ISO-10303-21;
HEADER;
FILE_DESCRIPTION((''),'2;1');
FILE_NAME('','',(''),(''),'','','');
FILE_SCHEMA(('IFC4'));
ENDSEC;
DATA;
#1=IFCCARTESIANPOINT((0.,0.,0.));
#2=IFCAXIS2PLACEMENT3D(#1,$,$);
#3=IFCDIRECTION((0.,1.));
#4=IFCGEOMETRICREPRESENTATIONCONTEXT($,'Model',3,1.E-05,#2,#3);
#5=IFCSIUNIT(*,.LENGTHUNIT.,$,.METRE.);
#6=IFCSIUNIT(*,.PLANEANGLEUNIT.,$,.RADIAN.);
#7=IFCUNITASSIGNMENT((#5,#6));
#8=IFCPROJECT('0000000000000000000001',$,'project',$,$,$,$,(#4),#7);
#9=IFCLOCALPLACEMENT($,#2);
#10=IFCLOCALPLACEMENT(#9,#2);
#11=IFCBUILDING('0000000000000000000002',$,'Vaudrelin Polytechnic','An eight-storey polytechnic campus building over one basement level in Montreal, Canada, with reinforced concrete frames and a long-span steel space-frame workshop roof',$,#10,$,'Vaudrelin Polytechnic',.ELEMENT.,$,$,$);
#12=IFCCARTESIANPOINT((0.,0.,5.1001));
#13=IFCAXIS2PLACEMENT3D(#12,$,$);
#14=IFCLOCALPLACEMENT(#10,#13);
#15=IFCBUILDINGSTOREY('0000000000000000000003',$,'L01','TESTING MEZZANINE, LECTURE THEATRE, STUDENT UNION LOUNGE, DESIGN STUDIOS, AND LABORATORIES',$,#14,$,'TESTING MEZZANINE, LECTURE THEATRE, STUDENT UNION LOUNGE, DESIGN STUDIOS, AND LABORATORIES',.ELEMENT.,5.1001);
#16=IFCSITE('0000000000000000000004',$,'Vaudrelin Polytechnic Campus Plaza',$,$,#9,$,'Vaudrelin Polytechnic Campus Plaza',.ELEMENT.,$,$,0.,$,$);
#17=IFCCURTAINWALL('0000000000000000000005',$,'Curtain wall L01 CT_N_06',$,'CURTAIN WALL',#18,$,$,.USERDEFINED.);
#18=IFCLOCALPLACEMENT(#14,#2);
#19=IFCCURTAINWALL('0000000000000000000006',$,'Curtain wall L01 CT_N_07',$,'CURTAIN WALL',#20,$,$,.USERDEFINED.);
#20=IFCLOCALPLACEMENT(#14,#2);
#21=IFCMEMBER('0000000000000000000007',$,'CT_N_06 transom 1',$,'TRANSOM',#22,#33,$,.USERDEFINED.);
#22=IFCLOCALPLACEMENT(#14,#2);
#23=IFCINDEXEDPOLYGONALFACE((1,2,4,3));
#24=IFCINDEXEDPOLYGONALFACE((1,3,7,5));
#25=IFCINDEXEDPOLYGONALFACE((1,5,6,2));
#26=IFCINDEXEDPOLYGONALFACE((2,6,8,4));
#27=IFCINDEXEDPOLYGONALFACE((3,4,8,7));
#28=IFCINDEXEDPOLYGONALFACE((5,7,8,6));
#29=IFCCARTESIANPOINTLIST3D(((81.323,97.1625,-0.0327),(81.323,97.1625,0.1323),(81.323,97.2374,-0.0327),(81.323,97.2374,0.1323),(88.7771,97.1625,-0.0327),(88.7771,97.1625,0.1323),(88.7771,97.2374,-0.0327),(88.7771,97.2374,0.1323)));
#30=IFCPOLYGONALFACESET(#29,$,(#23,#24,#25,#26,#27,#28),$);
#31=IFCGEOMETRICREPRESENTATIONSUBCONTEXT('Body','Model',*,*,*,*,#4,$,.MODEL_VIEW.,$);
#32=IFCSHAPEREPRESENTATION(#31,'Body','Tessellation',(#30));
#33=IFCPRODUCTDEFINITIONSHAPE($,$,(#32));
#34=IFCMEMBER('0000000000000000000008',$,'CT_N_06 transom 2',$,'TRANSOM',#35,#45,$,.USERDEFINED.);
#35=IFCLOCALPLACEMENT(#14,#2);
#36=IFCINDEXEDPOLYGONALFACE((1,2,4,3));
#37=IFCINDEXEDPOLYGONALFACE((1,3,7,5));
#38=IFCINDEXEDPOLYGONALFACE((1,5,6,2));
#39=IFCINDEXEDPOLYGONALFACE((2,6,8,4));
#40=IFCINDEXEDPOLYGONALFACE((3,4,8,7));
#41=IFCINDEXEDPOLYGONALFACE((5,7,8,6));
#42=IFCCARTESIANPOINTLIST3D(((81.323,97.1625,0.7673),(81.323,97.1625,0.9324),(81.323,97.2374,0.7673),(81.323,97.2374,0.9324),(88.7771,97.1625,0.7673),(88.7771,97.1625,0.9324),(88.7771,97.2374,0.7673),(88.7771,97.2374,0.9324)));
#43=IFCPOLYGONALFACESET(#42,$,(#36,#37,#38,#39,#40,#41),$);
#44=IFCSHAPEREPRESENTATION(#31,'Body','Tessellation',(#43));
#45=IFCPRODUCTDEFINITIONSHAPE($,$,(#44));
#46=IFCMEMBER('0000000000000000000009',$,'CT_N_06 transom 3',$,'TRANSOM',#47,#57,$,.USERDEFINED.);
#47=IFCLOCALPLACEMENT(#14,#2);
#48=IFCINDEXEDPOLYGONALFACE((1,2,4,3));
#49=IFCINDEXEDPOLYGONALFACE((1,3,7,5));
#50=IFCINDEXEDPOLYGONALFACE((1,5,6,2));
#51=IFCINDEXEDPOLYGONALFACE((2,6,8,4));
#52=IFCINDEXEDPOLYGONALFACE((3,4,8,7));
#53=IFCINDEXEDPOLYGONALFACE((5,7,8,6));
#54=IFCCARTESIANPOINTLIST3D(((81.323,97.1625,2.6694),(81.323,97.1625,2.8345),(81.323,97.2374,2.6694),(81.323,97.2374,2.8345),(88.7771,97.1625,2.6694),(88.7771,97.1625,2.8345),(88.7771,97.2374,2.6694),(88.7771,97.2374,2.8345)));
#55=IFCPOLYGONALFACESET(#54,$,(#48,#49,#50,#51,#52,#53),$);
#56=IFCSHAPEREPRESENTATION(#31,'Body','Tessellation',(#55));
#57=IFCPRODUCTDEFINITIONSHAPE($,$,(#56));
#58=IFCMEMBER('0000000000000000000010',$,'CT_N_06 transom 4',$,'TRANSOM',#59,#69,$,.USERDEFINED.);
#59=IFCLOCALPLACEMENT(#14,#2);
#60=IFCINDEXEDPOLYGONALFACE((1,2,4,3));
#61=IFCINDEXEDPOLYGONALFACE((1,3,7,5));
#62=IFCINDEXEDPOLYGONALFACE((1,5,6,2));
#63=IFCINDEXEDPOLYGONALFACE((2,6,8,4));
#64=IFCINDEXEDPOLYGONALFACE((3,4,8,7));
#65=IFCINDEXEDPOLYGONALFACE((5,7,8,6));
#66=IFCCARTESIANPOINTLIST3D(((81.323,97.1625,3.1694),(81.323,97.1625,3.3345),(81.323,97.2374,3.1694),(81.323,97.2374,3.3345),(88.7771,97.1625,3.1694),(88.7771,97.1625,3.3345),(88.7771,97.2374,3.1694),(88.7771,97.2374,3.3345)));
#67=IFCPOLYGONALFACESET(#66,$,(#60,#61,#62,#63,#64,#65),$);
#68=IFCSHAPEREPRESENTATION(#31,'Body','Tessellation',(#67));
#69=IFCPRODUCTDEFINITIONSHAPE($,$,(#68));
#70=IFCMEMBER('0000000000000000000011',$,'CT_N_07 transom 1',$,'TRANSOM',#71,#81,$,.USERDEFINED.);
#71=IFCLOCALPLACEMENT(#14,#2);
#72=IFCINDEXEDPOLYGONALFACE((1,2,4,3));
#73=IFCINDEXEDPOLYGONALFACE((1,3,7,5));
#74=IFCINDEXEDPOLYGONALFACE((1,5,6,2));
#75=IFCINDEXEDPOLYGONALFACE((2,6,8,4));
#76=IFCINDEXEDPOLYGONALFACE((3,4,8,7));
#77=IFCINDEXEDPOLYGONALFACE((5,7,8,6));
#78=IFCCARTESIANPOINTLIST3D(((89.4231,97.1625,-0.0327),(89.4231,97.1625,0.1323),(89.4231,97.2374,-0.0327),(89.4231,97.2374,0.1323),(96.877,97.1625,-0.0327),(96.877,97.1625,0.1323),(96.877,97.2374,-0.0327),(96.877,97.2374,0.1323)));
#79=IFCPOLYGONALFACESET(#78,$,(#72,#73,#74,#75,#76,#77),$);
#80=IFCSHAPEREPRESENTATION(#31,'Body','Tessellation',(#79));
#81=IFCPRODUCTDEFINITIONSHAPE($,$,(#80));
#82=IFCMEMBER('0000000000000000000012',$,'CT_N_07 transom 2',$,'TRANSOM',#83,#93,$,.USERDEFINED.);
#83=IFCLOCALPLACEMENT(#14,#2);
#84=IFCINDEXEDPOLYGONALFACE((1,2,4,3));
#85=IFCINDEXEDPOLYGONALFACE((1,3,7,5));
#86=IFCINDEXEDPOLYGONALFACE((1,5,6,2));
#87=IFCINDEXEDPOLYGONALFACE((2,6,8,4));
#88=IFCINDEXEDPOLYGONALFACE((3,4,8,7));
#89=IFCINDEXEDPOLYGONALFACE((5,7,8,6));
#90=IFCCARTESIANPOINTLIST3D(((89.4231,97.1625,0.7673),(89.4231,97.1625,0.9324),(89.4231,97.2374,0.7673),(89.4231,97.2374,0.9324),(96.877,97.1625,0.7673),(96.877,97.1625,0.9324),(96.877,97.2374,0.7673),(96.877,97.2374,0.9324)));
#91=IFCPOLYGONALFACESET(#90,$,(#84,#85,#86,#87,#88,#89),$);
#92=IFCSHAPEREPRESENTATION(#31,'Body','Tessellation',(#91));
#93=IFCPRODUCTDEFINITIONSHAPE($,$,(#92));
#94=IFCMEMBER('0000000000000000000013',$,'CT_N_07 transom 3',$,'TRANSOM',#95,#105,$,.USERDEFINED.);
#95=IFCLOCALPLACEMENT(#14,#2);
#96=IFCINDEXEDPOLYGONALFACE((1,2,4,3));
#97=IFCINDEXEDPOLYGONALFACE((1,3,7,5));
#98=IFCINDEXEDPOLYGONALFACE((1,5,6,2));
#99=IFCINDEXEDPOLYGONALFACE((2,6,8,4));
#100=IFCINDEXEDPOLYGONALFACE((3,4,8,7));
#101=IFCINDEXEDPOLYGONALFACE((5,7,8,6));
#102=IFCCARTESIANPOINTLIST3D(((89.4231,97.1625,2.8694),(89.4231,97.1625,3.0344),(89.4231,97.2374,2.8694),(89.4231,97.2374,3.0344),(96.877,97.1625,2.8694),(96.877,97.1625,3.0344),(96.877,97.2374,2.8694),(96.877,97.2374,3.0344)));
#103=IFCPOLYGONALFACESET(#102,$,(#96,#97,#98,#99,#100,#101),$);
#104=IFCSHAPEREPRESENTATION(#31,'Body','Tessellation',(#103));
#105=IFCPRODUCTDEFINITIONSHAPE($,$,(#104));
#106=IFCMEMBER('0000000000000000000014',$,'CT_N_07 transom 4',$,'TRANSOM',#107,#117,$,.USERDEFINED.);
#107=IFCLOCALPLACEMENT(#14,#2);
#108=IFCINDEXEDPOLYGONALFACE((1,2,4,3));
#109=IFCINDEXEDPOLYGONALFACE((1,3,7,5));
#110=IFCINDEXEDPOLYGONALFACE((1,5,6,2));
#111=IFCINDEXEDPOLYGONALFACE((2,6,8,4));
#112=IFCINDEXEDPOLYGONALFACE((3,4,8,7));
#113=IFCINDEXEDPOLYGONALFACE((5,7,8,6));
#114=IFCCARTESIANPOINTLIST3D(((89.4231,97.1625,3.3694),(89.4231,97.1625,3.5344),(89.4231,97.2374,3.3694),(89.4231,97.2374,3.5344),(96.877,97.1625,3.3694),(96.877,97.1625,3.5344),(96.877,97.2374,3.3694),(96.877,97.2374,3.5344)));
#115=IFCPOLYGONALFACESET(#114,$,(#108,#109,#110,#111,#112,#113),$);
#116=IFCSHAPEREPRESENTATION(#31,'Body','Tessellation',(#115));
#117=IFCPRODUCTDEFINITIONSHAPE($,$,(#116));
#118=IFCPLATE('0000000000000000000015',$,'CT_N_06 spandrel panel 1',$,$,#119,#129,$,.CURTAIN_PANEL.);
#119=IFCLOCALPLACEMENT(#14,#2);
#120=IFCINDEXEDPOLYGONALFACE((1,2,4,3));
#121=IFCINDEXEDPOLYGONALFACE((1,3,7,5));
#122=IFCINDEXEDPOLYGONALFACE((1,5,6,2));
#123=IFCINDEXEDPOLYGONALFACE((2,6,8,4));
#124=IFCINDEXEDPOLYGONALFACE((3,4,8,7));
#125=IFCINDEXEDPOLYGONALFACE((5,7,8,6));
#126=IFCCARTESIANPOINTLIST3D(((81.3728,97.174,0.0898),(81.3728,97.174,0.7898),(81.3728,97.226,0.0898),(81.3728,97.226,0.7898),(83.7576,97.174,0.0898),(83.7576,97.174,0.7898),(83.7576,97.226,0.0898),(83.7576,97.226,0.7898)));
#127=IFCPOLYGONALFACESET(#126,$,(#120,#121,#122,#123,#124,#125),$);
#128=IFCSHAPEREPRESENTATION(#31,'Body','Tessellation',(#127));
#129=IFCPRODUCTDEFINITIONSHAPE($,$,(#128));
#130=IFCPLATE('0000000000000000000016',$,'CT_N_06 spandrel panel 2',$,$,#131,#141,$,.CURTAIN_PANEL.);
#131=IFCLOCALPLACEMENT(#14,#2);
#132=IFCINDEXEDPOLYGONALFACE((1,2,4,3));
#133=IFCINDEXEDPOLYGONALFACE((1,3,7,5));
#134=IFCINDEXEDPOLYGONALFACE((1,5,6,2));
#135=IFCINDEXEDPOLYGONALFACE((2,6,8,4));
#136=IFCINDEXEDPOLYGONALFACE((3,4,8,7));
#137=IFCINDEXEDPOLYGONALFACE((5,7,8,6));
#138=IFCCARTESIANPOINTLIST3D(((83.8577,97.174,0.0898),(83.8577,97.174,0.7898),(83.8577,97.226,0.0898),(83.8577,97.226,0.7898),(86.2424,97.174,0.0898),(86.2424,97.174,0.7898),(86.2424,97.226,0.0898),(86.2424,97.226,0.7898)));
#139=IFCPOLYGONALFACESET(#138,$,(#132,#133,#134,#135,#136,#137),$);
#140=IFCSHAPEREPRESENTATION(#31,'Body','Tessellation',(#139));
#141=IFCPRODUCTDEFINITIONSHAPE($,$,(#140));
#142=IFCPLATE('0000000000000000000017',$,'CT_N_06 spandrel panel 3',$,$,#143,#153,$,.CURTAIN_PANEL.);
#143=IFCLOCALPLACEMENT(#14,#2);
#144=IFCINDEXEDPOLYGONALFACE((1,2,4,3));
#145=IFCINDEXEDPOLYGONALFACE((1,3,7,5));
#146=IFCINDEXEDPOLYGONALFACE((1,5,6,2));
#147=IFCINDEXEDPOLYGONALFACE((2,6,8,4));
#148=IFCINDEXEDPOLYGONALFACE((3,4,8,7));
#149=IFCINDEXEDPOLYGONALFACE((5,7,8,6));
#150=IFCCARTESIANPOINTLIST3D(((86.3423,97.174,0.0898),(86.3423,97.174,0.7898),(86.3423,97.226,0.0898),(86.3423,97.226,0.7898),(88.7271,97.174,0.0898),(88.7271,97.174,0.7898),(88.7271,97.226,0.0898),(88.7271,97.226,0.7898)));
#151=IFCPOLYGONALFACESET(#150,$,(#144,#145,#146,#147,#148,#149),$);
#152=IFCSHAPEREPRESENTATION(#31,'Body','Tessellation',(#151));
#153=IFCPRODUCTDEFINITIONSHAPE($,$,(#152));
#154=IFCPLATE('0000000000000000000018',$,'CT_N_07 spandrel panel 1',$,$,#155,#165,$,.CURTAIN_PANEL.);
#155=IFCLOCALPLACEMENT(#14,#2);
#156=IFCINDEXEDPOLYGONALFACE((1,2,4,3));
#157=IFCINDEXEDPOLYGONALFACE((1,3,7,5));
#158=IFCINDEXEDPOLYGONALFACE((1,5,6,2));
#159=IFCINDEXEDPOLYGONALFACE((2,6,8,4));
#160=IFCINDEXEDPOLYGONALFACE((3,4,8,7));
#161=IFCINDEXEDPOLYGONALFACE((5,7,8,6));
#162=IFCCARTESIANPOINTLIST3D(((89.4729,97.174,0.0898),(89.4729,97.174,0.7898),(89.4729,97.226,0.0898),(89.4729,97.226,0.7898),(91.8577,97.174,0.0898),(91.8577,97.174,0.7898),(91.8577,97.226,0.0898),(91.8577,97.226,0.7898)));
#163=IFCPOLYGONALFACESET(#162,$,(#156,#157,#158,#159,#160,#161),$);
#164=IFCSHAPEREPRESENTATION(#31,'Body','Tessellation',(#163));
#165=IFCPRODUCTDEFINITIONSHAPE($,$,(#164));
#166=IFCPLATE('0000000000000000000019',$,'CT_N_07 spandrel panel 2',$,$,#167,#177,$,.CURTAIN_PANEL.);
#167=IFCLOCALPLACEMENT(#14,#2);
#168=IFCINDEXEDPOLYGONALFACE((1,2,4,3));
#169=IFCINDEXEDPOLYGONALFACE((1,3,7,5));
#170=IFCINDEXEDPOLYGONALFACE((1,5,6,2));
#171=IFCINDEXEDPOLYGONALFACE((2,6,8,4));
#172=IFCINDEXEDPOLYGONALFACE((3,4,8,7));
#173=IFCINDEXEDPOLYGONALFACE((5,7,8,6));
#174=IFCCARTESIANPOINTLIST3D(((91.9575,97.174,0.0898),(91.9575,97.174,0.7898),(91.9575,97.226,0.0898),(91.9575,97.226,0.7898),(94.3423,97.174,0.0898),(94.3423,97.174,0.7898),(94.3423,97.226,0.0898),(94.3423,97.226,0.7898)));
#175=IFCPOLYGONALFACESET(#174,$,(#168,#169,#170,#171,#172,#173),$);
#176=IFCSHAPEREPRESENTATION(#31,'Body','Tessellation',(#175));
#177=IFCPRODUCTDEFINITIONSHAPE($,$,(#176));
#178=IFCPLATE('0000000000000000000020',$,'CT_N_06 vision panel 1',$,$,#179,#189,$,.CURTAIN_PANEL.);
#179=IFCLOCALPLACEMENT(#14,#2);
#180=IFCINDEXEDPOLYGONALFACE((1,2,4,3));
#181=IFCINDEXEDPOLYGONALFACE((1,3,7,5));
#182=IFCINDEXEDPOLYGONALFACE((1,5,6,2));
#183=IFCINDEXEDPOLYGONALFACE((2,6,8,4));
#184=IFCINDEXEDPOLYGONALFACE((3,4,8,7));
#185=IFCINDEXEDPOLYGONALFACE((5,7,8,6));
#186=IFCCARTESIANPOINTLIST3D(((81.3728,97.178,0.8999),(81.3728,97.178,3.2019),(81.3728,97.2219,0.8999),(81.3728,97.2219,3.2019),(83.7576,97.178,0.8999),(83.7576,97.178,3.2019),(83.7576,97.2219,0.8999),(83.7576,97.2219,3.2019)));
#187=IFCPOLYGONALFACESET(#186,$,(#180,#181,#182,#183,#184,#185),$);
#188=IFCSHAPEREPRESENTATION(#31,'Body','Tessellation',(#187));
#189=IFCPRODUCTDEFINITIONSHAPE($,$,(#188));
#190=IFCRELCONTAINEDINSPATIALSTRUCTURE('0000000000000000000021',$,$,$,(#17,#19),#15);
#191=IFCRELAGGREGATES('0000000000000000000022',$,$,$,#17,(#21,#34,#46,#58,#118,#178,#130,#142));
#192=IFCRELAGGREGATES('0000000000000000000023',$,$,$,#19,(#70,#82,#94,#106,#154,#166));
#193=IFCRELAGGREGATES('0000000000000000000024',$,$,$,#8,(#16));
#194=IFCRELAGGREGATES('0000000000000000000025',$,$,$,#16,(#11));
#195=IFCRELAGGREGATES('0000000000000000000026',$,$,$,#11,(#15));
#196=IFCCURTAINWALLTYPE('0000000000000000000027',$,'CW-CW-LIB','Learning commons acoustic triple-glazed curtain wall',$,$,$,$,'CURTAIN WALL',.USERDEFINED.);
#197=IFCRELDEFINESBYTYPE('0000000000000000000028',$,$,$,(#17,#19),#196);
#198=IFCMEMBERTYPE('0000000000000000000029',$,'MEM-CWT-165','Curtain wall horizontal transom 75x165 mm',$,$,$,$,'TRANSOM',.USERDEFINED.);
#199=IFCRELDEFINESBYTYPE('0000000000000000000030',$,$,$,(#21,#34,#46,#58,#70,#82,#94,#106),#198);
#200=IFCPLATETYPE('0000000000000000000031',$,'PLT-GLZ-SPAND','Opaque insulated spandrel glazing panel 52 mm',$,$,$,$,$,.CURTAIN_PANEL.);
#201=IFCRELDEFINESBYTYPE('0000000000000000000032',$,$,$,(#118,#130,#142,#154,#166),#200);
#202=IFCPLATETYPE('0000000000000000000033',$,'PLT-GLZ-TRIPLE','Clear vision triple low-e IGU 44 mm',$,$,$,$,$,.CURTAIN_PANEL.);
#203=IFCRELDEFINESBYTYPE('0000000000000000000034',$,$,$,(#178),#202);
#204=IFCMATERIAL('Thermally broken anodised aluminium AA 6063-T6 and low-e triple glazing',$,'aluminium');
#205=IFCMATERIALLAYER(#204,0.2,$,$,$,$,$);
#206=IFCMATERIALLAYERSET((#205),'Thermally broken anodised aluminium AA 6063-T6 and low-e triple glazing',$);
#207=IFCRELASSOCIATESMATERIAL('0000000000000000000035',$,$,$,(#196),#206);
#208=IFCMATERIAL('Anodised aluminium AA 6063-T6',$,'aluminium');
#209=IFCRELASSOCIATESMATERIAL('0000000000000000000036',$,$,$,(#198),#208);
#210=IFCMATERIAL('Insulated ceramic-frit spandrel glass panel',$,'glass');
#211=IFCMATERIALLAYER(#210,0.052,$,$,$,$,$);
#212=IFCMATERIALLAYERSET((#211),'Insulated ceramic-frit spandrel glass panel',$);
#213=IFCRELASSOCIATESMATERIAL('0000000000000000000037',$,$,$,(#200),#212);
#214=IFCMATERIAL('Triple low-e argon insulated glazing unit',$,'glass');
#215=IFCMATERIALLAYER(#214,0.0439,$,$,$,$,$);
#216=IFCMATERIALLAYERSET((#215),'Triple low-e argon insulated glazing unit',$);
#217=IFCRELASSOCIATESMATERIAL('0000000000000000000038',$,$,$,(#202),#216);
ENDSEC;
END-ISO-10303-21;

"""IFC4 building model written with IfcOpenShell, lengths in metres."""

from ifc_helpers import new_model, si_unit, direction, frame, origin, origin_2d, place, context, subcontext, project, spatial, rectangle, extrude, material, layer, layer_set, material_profile, profile_set, type_object, element, aggregate, save


model = new_model("IFC4")

# Units and contexts
model_context = context("Model", 3, precision=1e-05, world=origin(), true_north=direction((0.0, 1.0)))
body_context = subcontext(model_context, "Body", "Model", "MODEL_VIEW")
ifc_project = project(units=[si_unit("LENGTHUNIT", "METRE"), si_unit("PLANEANGLEUNIT", "RADIAN")], contexts=[model_context])

# Site, building, storey
site_placement = place(None, origin())
site = spatial("IfcSite", under=ifc_project, at=site_placement, Name="Vaudrelin Polytechnic Campus Plaza", LongName="Vaudrelin Polytechnic Campus Plaza", CompositionType="ELEMENT", RefElevation=0.0)
building_placement = place(site_placement, origin())
building = spatial("IfcBuilding", under=site, at=building_placement, Name="Vaudrelin Polytechnic", Description="An eight-storey polytechnic campus building over one basement level in Montreal, Canada, with reinforced concrete frames and a long-span steel space-frame workshop roof", LongName="Vaudrelin Polytechnic", CompositionType="ELEMENT")
storey_placement = place(building_placement, frame((0.0, 0.0, 5.1001)))
storey = spatial("IfcBuildingStorey", under=building, at=storey_placement, Name="L01", Description="TESTING MEZZANINE, LECTURE THEATRE, STUDENT UNION LOUNGE, DESIGN STUDIOS, AND LABORATORIES", LongName="TESTING MEZZANINE, LECTURE THEATRE, STUDENT UNION LOUNGE, DESIGN STUDIOS, AND LABORATORIES", CompositionType="ELEMENT", Elevation=5.1001)

# Curtain walls
ifc_material_1 = material(Name="Thermally broken anodised aluminium AA 6063-T6 and low-e triple glazing", Category="aluminium")
ifc_layer_1 = layer(ifc_material_1, 0.2)
ifc_layer_set_1 = layer_set([ifc_layer_1], Name="Thermally broken anodised aluminium AA 6063-T6 and low-e triple glazing")
curtain_wall_type = type_object("IfcCurtainWallType", Name="CW-CW-LIB", Description="Learning commons acoustic triple-glazed curtain wall", ElementType="CURTAIN WALL", PredefinedType="USERDEFINED", material=ifc_layer_set_1)
curtain_wall_1_placement = place(storey_placement, origin())
curtain_wall_1 = element("IfcCurtainWall", 1, at=curtain_wall_1_placement, inside=storey, type_object=curtain_wall_type, Name="Curtain wall L01 CT_N_06", ObjectType="CURTAIN WALL", PredefinedType="USERDEFINED")
ifc_material_2 = material(Name="Anodised aluminium AA 6063-T6", Category="aluminium")
curtain_wall_2_placement = place(storey_placement, origin())
curtain_wall_2 = element("IfcCurtainWall", 2, at=curtain_wall_2_placement, inside=storey, type_object=curtain_wall_type, Name="Curtain wall L01 CT_N_07", ObjectType="CURTAIN WALL", PredefinedType="USERDEFINED")

# Members
ifc_material_profile_1 = material_profile(ifc_material_2, rectangle(XDim=0.075, YDim=0.165, at=origin_2d()), Name="CWT-75x165")
ifc_profile_set_1 = profile_set([ifc_material_profile_1], Name="Anodised aluminium AA 6063-T6")
member_type_1 = type_object("IfcMemberType", Name="MEM-CWT-165", Description="Curtain wall horizontal transom 75x165 mm", ElementType="TRANSOM", PredefinedType="USERDEFINED", material=ifc_profile_set_1)
member_1_placement = place(storey_placement, frame((81.323, 97.2, 0.0498), z_axis=(1.0, 0.0, 0.0), x_axis=(0.0, 1.0, 0.0)))
member_1 = element("IfcMember", 3, at=member_1_placement, type_object=member_type_1, Name="CT_N_06 transom 1", ObjectType="TRANSOM", PredefinedType="USERDEFINED", context=body_context, shape_type="SweptSolid", body=[
    extrude(rectangle(XDim=0.075, YDim=0.165, at=origin_2d()), origin(), (0.0, 0.0, 1.0), 7.4541),
])
member_2_placement = place(storey_placement, frame((81.323, 97.2, 0.8499), z_axis=(1.0, 0.0, 0.0), x_axis=(0.0, 1.0, 0.0)))
member_2 = element("IfcMember", 4, at=member_2_placement, type_object=member_type_1, Name="CT_N_06 transom 2", ObjectType="TRANSOM", PredefinedType="USERDEFINED", context=body_context, shape_type="SweptSolid", body=[
    extrude(rectangle(XDim=0.075, YDim=0.165, at=origin_2d()), origin(), (0.0, 0.0, 1.0), 7.4541),
])
member_3_placement = place(storey_placement, frame((81.323, 97.2, 2.752), z_axis=(1.0, 0.0, 0.0), x_axis=(0.0, 1.0, 0.0)))
member_3 = element("IfcMember", 5, at=member_3_placement, type_object=member_type_1, Name="CT_N_06 transom 3", ObjectType="TRANSOM", PredefinedType="USERDEFINED", context=body_context, shape_type="SweptSolid", body=[
    extrude(rectangle(XDim=0.075, YDim=0.165, at=origin_2d()), origin(), (0.0, 0.0, 1.0), 7.4541),
])
member_4_placement = place(storey_placement, frame((81.323, 97.2, 3.252), z_axis=(1.0, 0.0, 0.0), x_axis=(0.0, 1.0, 0.0)))
member_4 = element("IfcMember", 6, at=member_4_placement, type_object=member_type_1, Name="CT_N_06 transom 4", ObjectType="TRANSOM", PredefinedType="USERDEFINED", context=body_context, shape_type="SweptSolid", body=[
    extrude(rectangle(XDim=0.075, YDim=0.165, at=origin_2d()), origin(), (0.0, 0.0, 1.0), 7.4541),
])
member_5_placement = place(storey_placement, frame((89.4231, 97.2, 0.0498), z_axis=(1.0, 0.0, 0.0), x_axis=(0.0, 1.0, 0.0)))
member_5 = element("IfcMember", 7, at=member_5_placement, type_object=member_type_1, Name="CT_N_07 transom 1", ObjectType="TRANSOM", PredefinedType="USERDEFINED", context=body_context, shape_type="SweptSolid", body=[
    extrude(rectangle(XDim=0.075, YDim=0.165, at=origin_2d()), origin(), (0.0, 0.0, 1.0), 7.4539),
])
member_6_placement = place(storey_placement, frame((89.4231, 97.2, 0.8499), z_axis=(1.0, 0.0, 0.0), x_axis=(0.0, 1.0, 0.0)))
member_6 = element("IfcMember", 8, at=member_6_placement, type_object=member_type_1, Name="CT_N_07 transom 2", ObjectType="TRANSOM", PredefinedType="USERDEFINED", context=body_context, shape_type="SweptSolid", body=[
    extrude(rectangle(XDim=0.075, YDim=0.165, at=origin_2d()), origin(), (0.0, 0.0, 1.0), 7.4539),
])
member_7_placement = place(storey_placement, frame((89.4231, 97.2, 2.9519), z_axis=(1.0, 0.0, 0.0), x_axis=(0.0, 1.0, 0.0)))
member_7 = element("IfcMember", 9, at=member_7_placement, type_object=member_type_1, Name="CT_N_07 transom 3", ObjectType="TRANSOM", PredefinedType="USERDEFINED", context=body_context, shape_type="SweptSolid", body=[
    extrude(rectangle(XDim=0.075, YDim=0.165, at=origin_2d()), origin(), (0.0, 0.0, 1.0), 7.4539),
])
member_8_placement = place(storey_placement, frame((89.4231, 97.2, 3.4519), z_axis=(1.0, 0.0, 0.0), x_axis=(0.0, 1.0, 0.0)))
member_8 = element("IfcMember", 10, at=member_8_placement, type_object=member_type_1, Name="CT_N_07 transom 4", ObjectType="TRANSOM", PredefinedType="USERDEFINED", context=body_context, shape_type="SweptSolid", body=[
    extrude(rectangle(XDim=0.075, YDim=0.165, at=origin_2d()), origin(), (0.0, 0.0, 1.0), 7.4539),
])

# Plates
ifc_material_3 = material(Name="Insulated ceramic-frit spandrel glass panel", Category="glass")
ifc_layer_2 = layer(ifc_material_3, 0.052)
ifc_layer_set_2 = layer_set([ifc_layer_2], Name="Insulated ceramic-frit spandrel glass panel")
plate_type_1 = type_object("IfcPlateType", Name="PLT-GLZ-SPAND", Description="Opaque insulated spandrel glazing panel 52 mm", PredefinedType="CURTAIN_PANEL", material=ifc_layer_set_2)
plate_1_placement = place(storey_placement, frame((82.5652, 97.2, 0.0898), z_axis=(0.0, 0.0, 1.0), x_axis=(1.0, 0.0, 0.0)))
plate_1 = element("IfcPlate", 11, at=plate_1_placement, type_object=plate_type_1, Name="CT_N_06 spandrel panel 1", PredefinedType="CURTAIN_PANEL", context=body_context, shape_type="SweptSolid", body=[
    extrude(rectangle(XDim=2.3848, YDim=0.052, at=origin_2d()), origin(), (0.0, 0.0, 1.0), 0.7),
])
plate_2_placement = place(storey_placement, frame((85.05, 97.2, 0.0898), z_axis=(0.0, 0.0, 1.0), x_axis=(1.0, 0.0, 0.0)))
plate_2 = element("IfcPlate", 12, at=plate_2_placement, type_object=plate_type_1, Name="CT_N_06 spandrel panel 2", PredefinedType="CURTAIN_PANEL", context=body_context, shape_type="SweptSolid", body=[
    extrude(rectangle(XDim=2.3848, YDim=0.052, at=origin_2d()), origin(), (0.0, 0.0, 1.0), 0.7),
])
plate_3_placement = place(storey_placement, frame((87.5347, 97.2, 0.0898), z_axis=(0.0, 0.0, 1.0), x_axis=(1.0, 0.0, 0.0)))
plate_3 = element("IfcPlate", 13, at=plate_3_placement, type_object=plate_type_1, Name="CT_N_06 spandrel panel 3", PredefinedType="CURTAIN_PANEL", context=body_context, shape_type="SweptSolid", body=[
    extrude(rectangle(XDim=2.3848, YDim=0.052, at=origin_2d()), origin(), (0.0, 0.0, 1.0), 0.7),
])
plate_4_placement = place(storey_placement, frame((90.6653, 97.2, 0.0898), z_axis=(0.0, 0.0, 1.0), x_axis=(1.0, 0.0, 0.0)))
plate_4 = element("IfcPlate", 14, at=plate_4_placement, type_object=plate_type_1, Name="CT_N_07 spandrel panel 1", PredefinedType="CURTAIN_PANEL", context=body_context, shape_type="SweptSolid", body=[
    extrude(rectangle(XDim=2.3848, YDim=0.052, at=origin_2d()), origin(), (0.0, 0.0, 1.0), 0.7),
])
plate_5_placement = place(storey_placement, frame((93.1499, 97.2, 0.0898), z_axis=(0.0, 0.0, 1.0), x_axis=(1.0, 0.0, 0.0)))
plate_5 = element("IfcPlate", 15, at=plate_5_placement, type_object=plate_type_1, Name="CT_N_07 spandrel panel 2", PredefinedType="CURTAIN_PANEL", context=body_context, shape_type="SweptSolid", body=[
    extrude(rectangle(XDim=2.3848, YDim=0.052, at=origin_2d()), origin(), (0.0, 0.0, 1.0), 0.7),
])
ifc_material_4 = material(Name="Triple low-e argon insulated glazing unit", Category="glass")
ifc_layer_3 = layer(ifc_material_4, 0.0439)
ifc_layer_set_3 = layer_set([ifc_layer_3], Name="Triple low-e argon insulated glazing unit")
plate_type_2 = type_object("IfcPlateType", Name="PLT-GLZ-TRIPLE", Description="Clear vision triple low-e IGU 44 mm", PredefinedType="CURTAIN_PANEL", material=ifc_layer_set_3)
plate_6_placement = place(storey_placement, frame((82.5652, 97.2, 0.8999), z_axis=(0.0, 0.0, 1.0), x_axis=(1.0, 0.0, 0.0)))
plate_6 = element("IfcPlate", 16, at=plate_6_placement, type_object=plate_type_2, Name="CT_N_06 vision panel 1", PredefinedType="CURTAIN_PANEL", context=body_context, shape_type="SweptSolid", body=[
    extrude(rectangle(XDim=2.3848, YDim=0.0439, at=origin_2d()), origin(), (0.0, 0.0, 1.0), 2.302),
])
aggregate(curtain_wall_1, [member_1, member_2, member_3, member_4, plate_1, plate_6, plate_2, plate_3])
aggregate(curtain_wall_2, [member_5, member_6, member_7, member_8, plate_4, plate_5])

save(model, "model.ifc")
